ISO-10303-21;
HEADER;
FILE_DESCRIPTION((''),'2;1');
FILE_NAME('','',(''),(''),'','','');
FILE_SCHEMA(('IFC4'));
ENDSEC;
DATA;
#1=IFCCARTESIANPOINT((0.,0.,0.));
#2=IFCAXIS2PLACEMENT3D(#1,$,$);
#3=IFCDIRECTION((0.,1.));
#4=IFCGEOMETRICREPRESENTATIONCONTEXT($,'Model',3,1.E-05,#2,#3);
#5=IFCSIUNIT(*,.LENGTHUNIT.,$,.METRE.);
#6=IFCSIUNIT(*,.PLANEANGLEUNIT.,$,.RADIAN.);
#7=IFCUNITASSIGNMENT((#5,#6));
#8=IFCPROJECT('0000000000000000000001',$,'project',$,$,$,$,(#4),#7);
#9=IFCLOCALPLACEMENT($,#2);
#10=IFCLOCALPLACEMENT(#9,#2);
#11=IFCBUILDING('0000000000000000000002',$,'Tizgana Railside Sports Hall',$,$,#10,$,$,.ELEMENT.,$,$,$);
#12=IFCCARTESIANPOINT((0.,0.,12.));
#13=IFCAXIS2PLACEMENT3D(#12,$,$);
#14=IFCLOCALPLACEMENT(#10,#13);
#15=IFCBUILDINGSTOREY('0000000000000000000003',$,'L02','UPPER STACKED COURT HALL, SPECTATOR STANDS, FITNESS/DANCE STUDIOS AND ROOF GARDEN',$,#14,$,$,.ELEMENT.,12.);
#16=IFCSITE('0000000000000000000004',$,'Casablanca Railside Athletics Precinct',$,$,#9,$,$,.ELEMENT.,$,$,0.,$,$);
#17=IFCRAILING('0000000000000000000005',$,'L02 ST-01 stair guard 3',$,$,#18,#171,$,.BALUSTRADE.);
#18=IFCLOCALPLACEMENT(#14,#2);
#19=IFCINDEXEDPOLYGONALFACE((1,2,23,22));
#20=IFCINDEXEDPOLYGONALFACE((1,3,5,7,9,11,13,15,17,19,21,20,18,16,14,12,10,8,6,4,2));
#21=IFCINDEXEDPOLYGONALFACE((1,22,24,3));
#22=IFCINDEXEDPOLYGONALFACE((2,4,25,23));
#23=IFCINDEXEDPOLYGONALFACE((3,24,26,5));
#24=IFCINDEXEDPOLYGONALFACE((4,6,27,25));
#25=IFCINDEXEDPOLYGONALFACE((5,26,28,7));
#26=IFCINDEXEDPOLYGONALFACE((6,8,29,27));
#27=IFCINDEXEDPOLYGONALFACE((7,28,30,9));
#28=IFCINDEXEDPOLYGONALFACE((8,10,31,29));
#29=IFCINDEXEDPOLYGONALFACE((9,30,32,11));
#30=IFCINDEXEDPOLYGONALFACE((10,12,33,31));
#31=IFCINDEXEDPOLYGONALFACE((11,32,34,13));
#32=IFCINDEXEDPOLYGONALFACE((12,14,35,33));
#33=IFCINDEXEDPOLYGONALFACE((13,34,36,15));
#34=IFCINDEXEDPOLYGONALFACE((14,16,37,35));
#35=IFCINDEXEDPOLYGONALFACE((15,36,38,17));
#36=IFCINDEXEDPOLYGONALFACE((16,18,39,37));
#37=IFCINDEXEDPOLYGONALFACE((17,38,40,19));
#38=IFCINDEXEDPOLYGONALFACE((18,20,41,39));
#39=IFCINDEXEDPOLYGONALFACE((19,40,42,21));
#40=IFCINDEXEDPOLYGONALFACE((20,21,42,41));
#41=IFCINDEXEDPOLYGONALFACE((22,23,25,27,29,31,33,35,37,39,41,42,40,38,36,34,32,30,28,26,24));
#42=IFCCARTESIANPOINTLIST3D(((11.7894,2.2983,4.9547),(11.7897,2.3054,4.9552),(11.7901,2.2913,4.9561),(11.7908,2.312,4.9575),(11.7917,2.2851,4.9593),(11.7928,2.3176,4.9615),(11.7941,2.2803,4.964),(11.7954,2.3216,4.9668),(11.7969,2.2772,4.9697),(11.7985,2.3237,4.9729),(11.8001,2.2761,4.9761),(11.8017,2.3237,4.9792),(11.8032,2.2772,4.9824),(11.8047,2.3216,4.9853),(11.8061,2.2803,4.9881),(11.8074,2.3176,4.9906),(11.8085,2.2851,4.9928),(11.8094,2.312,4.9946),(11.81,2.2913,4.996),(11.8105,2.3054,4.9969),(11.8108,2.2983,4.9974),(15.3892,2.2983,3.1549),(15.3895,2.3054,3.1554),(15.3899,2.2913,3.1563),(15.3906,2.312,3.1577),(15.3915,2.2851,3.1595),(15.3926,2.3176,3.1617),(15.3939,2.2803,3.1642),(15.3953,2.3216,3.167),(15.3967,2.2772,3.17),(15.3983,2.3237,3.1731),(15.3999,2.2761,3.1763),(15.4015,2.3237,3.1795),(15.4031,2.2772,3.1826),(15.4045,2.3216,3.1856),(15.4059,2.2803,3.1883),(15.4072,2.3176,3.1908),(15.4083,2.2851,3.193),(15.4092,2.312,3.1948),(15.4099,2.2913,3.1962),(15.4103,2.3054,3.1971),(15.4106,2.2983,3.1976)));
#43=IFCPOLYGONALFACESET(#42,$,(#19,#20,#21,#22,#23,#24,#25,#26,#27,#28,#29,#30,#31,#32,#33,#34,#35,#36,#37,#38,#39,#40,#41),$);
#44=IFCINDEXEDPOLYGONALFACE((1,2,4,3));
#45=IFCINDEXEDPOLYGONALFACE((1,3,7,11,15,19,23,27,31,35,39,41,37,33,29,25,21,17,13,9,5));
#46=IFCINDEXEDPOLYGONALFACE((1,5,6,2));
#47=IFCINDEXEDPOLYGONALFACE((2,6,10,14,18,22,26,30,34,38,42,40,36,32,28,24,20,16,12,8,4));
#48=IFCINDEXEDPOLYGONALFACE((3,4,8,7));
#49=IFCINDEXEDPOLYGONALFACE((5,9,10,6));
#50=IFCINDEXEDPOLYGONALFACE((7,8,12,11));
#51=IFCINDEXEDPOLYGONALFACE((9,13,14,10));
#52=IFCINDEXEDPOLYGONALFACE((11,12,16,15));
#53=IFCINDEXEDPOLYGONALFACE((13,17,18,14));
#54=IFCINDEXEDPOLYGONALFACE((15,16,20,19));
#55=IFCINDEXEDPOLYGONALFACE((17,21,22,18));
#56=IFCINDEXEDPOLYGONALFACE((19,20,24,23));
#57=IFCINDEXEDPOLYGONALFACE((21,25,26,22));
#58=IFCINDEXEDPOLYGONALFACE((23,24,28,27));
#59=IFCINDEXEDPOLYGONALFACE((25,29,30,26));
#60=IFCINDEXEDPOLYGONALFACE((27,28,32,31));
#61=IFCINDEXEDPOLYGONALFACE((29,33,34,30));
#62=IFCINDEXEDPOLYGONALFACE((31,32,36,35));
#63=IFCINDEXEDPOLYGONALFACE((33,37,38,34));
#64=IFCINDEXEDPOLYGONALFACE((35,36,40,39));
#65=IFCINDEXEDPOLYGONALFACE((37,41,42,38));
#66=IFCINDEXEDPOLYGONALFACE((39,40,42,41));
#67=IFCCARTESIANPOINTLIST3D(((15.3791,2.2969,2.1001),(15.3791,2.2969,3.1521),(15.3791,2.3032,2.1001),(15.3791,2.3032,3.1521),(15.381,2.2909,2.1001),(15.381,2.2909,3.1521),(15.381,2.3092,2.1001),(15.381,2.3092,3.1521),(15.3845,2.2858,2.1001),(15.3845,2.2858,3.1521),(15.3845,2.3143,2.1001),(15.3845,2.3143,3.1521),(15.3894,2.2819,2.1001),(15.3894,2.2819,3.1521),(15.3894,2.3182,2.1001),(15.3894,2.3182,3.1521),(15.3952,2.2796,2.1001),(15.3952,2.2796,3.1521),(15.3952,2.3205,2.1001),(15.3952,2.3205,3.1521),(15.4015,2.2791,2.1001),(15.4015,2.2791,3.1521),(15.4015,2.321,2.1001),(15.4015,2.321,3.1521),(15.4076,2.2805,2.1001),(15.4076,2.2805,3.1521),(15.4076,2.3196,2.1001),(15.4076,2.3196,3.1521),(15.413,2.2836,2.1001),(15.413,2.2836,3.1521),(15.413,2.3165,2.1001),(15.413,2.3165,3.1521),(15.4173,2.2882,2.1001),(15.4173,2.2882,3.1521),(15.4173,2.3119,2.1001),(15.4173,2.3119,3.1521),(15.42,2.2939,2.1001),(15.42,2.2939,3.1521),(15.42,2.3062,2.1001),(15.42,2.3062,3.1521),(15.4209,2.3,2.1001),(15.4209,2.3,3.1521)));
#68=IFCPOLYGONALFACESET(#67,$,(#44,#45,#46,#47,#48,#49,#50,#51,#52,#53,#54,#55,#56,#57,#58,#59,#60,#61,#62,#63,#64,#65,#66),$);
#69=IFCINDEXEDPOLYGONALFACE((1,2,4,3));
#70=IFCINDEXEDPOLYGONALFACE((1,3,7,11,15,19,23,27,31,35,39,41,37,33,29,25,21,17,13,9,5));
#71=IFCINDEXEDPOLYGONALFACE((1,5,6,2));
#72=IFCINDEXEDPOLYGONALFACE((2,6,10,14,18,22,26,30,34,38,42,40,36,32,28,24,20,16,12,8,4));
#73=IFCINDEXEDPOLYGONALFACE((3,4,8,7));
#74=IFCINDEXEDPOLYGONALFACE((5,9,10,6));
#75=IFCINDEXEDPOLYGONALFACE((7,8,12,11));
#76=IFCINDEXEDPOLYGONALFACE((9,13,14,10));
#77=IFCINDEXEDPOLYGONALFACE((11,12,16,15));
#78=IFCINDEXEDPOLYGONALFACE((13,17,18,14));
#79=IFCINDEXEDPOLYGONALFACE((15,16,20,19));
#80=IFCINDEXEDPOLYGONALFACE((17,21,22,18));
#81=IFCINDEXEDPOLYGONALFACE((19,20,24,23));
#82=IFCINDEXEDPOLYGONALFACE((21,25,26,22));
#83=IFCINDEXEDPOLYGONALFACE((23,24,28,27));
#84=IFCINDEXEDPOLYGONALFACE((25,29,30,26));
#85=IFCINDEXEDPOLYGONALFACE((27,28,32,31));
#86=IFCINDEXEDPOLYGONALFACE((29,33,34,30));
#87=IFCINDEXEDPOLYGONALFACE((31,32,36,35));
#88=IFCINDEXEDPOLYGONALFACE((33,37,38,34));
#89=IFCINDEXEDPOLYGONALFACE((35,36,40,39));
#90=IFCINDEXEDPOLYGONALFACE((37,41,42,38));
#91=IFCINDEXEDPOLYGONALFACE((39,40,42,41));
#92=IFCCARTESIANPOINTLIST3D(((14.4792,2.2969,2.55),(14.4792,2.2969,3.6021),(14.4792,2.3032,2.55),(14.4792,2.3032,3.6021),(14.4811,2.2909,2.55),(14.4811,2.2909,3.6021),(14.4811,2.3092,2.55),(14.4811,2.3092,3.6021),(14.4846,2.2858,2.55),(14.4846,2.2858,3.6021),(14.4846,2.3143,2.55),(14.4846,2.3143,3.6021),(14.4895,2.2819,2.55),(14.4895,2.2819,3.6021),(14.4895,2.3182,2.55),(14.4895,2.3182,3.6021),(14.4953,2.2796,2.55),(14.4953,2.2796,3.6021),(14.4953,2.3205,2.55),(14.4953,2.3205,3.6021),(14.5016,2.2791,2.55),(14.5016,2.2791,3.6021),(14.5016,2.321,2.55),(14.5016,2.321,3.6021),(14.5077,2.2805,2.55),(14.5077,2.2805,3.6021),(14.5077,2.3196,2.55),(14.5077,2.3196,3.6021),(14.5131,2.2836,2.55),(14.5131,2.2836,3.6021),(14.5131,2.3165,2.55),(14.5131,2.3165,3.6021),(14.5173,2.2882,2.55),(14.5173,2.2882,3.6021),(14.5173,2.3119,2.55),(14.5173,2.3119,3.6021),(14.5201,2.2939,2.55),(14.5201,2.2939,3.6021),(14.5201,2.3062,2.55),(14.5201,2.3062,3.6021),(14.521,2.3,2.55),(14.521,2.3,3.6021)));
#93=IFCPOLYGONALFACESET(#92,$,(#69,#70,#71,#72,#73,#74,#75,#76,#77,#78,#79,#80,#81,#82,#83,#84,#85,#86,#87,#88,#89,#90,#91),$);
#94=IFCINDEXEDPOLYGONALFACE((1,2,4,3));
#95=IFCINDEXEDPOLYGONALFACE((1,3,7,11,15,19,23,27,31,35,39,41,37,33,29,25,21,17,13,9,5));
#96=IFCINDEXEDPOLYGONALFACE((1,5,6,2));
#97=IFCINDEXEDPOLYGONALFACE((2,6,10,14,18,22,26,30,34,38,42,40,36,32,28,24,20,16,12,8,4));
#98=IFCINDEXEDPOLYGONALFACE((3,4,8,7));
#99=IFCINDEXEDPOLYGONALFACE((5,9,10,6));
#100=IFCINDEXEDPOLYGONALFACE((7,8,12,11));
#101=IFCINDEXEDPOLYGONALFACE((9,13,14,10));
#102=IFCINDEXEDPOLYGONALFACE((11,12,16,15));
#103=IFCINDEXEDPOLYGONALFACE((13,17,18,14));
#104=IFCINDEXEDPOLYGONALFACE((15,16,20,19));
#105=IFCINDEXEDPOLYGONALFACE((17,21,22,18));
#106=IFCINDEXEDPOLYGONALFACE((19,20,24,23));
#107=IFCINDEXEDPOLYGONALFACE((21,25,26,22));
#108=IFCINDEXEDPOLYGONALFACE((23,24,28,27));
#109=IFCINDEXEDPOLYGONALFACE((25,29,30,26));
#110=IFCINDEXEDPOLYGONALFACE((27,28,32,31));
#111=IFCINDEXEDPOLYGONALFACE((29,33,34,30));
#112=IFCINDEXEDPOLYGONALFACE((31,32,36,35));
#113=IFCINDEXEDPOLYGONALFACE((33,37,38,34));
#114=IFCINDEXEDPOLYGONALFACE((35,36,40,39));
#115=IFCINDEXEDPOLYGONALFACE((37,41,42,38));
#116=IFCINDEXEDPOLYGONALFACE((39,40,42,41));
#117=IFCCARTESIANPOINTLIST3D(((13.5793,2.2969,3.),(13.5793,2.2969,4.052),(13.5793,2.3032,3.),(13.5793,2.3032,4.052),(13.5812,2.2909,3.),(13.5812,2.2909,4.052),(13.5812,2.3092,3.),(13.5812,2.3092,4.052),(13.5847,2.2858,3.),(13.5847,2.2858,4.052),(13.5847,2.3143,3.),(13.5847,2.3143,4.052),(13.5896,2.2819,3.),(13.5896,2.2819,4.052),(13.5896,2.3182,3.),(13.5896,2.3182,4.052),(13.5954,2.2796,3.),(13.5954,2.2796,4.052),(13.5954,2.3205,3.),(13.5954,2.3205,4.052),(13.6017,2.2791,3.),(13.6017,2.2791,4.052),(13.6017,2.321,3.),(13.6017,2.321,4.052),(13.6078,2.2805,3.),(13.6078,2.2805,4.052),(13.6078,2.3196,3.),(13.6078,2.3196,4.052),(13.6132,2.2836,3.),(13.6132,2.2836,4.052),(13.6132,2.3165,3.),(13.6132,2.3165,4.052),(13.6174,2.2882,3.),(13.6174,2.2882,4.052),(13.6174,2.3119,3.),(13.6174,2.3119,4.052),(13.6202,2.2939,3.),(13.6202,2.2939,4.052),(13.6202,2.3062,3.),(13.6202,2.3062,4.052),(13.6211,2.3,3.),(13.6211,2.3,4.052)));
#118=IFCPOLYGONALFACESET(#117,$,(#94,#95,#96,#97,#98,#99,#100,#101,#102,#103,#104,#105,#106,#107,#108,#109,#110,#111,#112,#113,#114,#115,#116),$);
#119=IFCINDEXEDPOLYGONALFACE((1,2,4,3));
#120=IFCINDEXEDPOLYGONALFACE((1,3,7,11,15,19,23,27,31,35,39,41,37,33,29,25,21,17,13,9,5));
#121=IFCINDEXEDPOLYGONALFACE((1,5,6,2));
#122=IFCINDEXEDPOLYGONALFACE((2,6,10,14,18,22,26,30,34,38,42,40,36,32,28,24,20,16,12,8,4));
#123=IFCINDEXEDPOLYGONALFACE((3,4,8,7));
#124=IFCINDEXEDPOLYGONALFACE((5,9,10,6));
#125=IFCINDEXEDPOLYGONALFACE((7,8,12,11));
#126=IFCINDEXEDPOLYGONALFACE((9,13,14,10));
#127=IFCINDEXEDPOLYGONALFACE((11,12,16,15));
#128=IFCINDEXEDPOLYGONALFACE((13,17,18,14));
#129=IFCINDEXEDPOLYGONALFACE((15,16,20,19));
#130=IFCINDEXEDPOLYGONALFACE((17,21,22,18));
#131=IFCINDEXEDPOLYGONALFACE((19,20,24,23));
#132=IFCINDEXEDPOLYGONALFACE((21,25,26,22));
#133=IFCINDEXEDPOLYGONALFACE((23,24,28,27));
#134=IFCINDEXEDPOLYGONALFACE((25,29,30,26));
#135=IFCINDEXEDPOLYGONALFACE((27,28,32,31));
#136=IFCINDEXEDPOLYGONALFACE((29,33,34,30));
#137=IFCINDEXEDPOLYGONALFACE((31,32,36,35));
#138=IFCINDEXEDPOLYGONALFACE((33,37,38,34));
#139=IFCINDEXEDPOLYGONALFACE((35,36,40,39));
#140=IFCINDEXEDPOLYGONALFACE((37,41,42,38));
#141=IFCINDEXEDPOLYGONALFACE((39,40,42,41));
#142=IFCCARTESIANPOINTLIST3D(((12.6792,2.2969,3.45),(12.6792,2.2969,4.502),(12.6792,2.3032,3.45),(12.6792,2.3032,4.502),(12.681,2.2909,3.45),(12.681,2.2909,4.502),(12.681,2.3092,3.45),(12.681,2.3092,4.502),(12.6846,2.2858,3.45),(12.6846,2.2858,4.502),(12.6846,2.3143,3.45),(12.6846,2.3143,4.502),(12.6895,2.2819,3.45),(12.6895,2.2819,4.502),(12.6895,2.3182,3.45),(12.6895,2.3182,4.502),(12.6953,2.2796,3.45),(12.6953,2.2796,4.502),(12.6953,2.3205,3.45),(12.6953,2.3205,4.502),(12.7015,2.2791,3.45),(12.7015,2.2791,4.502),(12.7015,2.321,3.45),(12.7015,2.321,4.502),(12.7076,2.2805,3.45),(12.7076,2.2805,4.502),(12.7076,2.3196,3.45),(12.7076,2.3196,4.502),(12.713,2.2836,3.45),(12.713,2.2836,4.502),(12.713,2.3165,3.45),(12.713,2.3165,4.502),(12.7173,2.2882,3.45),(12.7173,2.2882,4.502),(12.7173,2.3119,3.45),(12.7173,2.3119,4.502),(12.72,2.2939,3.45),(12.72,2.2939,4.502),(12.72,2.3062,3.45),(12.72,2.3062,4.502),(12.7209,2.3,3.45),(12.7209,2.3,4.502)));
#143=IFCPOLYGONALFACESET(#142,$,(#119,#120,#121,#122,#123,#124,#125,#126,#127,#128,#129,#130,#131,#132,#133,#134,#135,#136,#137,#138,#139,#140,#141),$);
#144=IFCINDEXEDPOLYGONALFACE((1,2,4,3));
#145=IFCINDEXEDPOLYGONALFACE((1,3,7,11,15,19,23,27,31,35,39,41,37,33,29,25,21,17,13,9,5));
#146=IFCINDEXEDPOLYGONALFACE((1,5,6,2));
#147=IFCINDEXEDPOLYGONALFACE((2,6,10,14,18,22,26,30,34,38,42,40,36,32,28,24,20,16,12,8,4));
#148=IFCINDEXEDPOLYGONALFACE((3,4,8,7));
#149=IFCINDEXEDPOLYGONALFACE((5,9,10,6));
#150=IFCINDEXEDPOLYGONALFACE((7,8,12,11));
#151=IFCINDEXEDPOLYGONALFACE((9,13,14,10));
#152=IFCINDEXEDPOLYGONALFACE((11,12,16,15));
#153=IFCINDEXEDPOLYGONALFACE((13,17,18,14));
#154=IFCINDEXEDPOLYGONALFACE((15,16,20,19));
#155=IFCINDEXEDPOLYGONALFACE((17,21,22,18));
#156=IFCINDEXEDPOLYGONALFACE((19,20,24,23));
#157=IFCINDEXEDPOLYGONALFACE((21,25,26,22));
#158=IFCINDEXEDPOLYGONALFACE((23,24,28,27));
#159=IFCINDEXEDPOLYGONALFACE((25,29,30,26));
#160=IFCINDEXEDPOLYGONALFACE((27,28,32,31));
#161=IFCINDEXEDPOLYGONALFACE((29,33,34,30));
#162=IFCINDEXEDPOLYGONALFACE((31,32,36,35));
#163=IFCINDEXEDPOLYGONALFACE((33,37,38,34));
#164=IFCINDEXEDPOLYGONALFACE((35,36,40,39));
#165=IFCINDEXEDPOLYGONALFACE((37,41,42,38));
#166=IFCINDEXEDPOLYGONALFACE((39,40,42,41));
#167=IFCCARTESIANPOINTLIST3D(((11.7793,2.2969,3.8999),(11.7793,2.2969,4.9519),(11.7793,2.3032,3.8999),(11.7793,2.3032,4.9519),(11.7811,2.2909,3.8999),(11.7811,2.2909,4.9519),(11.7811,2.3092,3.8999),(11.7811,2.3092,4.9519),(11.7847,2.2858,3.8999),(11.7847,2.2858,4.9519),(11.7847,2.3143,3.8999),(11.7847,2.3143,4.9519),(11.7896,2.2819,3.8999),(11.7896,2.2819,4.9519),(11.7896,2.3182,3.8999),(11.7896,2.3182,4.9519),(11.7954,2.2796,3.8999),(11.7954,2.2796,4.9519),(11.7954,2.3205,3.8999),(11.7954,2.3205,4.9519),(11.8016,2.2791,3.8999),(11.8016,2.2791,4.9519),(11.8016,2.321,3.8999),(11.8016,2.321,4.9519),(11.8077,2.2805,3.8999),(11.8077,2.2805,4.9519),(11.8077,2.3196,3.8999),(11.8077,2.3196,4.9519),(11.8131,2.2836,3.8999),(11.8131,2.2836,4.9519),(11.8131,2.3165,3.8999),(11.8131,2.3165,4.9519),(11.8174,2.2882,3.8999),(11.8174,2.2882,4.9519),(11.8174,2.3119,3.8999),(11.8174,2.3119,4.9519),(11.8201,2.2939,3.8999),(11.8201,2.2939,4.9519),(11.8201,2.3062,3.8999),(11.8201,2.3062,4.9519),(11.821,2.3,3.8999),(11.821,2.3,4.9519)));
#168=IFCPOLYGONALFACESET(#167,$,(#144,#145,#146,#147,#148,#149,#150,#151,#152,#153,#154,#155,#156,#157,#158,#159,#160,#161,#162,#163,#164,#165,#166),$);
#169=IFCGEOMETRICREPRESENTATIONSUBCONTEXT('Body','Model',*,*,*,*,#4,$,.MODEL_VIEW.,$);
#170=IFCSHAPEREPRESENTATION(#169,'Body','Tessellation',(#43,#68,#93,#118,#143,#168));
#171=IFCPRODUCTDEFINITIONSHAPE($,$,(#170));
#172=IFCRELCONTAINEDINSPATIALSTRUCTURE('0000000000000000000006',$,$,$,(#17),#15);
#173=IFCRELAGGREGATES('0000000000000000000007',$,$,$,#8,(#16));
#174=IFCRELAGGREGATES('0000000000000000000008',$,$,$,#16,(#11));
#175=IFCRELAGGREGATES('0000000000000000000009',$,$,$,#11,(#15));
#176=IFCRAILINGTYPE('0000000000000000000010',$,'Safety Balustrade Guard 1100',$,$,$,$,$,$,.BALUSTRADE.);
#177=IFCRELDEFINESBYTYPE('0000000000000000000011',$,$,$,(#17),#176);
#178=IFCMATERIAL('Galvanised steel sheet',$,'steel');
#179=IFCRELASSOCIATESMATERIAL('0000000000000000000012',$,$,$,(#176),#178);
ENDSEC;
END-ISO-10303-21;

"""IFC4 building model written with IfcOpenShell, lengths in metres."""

from ifc_helpers import new_model, si_unit, direction, frame, origin, origin_2d, place, context, subcontext, project, spatial, circle, extrude, material, type_object, element, save


model = new_model("IFC4")

# Units and contexts
model_context = context("Model", 3, precision=1e-05, world=origin(), true_north=direction((0.0, 1.0)))
body_context = subcontext(model_context, "Body", "Model", "MODEL_VIEW")
ifc_project = project(units=[si_unit("LENGTHUNIT", "METRE"), si_unit("PLANEANGLEUNIT", "RADIAN")], contexts=[model_context])

# Site, building, storey
site_placement = place(None, origin())
site = spatial("IfcSite", under=ifc_project, at=site_placement, Name="Casablanca Railside Athletics Precinct", CompositionType="ELEMENT", RefElevation=0.0)
building_placement = place(site_placement, origin())
building = spatial("IfcBuilding", under=site, at=building_placement, Name="Tizgana Railside Sports Hall", CompositionType="ELEMENT")
storey_placement = place(building_placement, frame((0.0, 0.0, 12.0)))
storey = spatial("IfcBuildingStorey", under=building, at=storey_placement, Name="L02", Description="UPPER STACKED COURT HALL, SPECTATOR STANDS, FITNESS/DANCE STUDIOS AND ROOF GARDEN", CompositionType="ELEMENT", Elevation=12.0)

# Railing
ifc_material_1 = material(Name="Galvanised steel sheet", Category="steel")
railing_type_1 = type_object("IfcRailingType", Name="Safety Balustrade Guard 1100", PredefinedType="BALUSTRADE", material=ifc_material_1)
railing_1_placement = place(storey_placement, frame((15.3999, 2.3, 2.1001)))
element("IfcRailing", 1, at=railing_1_placement, inside=storey, type_object=railing_type_1, Name="L02 ST-01 stair guard 3", PredefinedType="BALUSTRADE", context=body_context, shape_type="SweptSolid", body=[
    extrude(circle(Radius=0.0239, at=origin_2d()), frame((0.0, 0.0, 1.0762), z_axis=(-0.894439, 0.0, 0.447189), x_axis=(0.0, -1.0, 0.0)), (0.0, 0.0, 1.0), 4.0247),
    extrude(circle(Radius=0.021, at=origin_2d()), origin(), (0.0, 0.0, 1.0), 1.052),
    extrude(circle(Radius=0.021, at=origin_2d()), frame((-0.8999, 0.0, 0.45)), (0.0, 0.0, 1.0), 1.052),
    extrude(circle(Radius=0.021, at=origin_2d()), frame((-1.7998, 0.0, 0.8999)), (0.0, 0.0, 1.0), 1.052),
    extrude(circle(Radius=0.021, at=origin_2d()), frame((-2.7, 0.0, 1.3499)), (0.0, 0.0, 1.0), 1.052),
    extrude(circle(Radius=0.021, at=origin_2d()), frame((-3.5999, 0.0, 1.7998)), (0.0, 0.0, 1.0), 1.052),
])

save(model, "model.ifc")
